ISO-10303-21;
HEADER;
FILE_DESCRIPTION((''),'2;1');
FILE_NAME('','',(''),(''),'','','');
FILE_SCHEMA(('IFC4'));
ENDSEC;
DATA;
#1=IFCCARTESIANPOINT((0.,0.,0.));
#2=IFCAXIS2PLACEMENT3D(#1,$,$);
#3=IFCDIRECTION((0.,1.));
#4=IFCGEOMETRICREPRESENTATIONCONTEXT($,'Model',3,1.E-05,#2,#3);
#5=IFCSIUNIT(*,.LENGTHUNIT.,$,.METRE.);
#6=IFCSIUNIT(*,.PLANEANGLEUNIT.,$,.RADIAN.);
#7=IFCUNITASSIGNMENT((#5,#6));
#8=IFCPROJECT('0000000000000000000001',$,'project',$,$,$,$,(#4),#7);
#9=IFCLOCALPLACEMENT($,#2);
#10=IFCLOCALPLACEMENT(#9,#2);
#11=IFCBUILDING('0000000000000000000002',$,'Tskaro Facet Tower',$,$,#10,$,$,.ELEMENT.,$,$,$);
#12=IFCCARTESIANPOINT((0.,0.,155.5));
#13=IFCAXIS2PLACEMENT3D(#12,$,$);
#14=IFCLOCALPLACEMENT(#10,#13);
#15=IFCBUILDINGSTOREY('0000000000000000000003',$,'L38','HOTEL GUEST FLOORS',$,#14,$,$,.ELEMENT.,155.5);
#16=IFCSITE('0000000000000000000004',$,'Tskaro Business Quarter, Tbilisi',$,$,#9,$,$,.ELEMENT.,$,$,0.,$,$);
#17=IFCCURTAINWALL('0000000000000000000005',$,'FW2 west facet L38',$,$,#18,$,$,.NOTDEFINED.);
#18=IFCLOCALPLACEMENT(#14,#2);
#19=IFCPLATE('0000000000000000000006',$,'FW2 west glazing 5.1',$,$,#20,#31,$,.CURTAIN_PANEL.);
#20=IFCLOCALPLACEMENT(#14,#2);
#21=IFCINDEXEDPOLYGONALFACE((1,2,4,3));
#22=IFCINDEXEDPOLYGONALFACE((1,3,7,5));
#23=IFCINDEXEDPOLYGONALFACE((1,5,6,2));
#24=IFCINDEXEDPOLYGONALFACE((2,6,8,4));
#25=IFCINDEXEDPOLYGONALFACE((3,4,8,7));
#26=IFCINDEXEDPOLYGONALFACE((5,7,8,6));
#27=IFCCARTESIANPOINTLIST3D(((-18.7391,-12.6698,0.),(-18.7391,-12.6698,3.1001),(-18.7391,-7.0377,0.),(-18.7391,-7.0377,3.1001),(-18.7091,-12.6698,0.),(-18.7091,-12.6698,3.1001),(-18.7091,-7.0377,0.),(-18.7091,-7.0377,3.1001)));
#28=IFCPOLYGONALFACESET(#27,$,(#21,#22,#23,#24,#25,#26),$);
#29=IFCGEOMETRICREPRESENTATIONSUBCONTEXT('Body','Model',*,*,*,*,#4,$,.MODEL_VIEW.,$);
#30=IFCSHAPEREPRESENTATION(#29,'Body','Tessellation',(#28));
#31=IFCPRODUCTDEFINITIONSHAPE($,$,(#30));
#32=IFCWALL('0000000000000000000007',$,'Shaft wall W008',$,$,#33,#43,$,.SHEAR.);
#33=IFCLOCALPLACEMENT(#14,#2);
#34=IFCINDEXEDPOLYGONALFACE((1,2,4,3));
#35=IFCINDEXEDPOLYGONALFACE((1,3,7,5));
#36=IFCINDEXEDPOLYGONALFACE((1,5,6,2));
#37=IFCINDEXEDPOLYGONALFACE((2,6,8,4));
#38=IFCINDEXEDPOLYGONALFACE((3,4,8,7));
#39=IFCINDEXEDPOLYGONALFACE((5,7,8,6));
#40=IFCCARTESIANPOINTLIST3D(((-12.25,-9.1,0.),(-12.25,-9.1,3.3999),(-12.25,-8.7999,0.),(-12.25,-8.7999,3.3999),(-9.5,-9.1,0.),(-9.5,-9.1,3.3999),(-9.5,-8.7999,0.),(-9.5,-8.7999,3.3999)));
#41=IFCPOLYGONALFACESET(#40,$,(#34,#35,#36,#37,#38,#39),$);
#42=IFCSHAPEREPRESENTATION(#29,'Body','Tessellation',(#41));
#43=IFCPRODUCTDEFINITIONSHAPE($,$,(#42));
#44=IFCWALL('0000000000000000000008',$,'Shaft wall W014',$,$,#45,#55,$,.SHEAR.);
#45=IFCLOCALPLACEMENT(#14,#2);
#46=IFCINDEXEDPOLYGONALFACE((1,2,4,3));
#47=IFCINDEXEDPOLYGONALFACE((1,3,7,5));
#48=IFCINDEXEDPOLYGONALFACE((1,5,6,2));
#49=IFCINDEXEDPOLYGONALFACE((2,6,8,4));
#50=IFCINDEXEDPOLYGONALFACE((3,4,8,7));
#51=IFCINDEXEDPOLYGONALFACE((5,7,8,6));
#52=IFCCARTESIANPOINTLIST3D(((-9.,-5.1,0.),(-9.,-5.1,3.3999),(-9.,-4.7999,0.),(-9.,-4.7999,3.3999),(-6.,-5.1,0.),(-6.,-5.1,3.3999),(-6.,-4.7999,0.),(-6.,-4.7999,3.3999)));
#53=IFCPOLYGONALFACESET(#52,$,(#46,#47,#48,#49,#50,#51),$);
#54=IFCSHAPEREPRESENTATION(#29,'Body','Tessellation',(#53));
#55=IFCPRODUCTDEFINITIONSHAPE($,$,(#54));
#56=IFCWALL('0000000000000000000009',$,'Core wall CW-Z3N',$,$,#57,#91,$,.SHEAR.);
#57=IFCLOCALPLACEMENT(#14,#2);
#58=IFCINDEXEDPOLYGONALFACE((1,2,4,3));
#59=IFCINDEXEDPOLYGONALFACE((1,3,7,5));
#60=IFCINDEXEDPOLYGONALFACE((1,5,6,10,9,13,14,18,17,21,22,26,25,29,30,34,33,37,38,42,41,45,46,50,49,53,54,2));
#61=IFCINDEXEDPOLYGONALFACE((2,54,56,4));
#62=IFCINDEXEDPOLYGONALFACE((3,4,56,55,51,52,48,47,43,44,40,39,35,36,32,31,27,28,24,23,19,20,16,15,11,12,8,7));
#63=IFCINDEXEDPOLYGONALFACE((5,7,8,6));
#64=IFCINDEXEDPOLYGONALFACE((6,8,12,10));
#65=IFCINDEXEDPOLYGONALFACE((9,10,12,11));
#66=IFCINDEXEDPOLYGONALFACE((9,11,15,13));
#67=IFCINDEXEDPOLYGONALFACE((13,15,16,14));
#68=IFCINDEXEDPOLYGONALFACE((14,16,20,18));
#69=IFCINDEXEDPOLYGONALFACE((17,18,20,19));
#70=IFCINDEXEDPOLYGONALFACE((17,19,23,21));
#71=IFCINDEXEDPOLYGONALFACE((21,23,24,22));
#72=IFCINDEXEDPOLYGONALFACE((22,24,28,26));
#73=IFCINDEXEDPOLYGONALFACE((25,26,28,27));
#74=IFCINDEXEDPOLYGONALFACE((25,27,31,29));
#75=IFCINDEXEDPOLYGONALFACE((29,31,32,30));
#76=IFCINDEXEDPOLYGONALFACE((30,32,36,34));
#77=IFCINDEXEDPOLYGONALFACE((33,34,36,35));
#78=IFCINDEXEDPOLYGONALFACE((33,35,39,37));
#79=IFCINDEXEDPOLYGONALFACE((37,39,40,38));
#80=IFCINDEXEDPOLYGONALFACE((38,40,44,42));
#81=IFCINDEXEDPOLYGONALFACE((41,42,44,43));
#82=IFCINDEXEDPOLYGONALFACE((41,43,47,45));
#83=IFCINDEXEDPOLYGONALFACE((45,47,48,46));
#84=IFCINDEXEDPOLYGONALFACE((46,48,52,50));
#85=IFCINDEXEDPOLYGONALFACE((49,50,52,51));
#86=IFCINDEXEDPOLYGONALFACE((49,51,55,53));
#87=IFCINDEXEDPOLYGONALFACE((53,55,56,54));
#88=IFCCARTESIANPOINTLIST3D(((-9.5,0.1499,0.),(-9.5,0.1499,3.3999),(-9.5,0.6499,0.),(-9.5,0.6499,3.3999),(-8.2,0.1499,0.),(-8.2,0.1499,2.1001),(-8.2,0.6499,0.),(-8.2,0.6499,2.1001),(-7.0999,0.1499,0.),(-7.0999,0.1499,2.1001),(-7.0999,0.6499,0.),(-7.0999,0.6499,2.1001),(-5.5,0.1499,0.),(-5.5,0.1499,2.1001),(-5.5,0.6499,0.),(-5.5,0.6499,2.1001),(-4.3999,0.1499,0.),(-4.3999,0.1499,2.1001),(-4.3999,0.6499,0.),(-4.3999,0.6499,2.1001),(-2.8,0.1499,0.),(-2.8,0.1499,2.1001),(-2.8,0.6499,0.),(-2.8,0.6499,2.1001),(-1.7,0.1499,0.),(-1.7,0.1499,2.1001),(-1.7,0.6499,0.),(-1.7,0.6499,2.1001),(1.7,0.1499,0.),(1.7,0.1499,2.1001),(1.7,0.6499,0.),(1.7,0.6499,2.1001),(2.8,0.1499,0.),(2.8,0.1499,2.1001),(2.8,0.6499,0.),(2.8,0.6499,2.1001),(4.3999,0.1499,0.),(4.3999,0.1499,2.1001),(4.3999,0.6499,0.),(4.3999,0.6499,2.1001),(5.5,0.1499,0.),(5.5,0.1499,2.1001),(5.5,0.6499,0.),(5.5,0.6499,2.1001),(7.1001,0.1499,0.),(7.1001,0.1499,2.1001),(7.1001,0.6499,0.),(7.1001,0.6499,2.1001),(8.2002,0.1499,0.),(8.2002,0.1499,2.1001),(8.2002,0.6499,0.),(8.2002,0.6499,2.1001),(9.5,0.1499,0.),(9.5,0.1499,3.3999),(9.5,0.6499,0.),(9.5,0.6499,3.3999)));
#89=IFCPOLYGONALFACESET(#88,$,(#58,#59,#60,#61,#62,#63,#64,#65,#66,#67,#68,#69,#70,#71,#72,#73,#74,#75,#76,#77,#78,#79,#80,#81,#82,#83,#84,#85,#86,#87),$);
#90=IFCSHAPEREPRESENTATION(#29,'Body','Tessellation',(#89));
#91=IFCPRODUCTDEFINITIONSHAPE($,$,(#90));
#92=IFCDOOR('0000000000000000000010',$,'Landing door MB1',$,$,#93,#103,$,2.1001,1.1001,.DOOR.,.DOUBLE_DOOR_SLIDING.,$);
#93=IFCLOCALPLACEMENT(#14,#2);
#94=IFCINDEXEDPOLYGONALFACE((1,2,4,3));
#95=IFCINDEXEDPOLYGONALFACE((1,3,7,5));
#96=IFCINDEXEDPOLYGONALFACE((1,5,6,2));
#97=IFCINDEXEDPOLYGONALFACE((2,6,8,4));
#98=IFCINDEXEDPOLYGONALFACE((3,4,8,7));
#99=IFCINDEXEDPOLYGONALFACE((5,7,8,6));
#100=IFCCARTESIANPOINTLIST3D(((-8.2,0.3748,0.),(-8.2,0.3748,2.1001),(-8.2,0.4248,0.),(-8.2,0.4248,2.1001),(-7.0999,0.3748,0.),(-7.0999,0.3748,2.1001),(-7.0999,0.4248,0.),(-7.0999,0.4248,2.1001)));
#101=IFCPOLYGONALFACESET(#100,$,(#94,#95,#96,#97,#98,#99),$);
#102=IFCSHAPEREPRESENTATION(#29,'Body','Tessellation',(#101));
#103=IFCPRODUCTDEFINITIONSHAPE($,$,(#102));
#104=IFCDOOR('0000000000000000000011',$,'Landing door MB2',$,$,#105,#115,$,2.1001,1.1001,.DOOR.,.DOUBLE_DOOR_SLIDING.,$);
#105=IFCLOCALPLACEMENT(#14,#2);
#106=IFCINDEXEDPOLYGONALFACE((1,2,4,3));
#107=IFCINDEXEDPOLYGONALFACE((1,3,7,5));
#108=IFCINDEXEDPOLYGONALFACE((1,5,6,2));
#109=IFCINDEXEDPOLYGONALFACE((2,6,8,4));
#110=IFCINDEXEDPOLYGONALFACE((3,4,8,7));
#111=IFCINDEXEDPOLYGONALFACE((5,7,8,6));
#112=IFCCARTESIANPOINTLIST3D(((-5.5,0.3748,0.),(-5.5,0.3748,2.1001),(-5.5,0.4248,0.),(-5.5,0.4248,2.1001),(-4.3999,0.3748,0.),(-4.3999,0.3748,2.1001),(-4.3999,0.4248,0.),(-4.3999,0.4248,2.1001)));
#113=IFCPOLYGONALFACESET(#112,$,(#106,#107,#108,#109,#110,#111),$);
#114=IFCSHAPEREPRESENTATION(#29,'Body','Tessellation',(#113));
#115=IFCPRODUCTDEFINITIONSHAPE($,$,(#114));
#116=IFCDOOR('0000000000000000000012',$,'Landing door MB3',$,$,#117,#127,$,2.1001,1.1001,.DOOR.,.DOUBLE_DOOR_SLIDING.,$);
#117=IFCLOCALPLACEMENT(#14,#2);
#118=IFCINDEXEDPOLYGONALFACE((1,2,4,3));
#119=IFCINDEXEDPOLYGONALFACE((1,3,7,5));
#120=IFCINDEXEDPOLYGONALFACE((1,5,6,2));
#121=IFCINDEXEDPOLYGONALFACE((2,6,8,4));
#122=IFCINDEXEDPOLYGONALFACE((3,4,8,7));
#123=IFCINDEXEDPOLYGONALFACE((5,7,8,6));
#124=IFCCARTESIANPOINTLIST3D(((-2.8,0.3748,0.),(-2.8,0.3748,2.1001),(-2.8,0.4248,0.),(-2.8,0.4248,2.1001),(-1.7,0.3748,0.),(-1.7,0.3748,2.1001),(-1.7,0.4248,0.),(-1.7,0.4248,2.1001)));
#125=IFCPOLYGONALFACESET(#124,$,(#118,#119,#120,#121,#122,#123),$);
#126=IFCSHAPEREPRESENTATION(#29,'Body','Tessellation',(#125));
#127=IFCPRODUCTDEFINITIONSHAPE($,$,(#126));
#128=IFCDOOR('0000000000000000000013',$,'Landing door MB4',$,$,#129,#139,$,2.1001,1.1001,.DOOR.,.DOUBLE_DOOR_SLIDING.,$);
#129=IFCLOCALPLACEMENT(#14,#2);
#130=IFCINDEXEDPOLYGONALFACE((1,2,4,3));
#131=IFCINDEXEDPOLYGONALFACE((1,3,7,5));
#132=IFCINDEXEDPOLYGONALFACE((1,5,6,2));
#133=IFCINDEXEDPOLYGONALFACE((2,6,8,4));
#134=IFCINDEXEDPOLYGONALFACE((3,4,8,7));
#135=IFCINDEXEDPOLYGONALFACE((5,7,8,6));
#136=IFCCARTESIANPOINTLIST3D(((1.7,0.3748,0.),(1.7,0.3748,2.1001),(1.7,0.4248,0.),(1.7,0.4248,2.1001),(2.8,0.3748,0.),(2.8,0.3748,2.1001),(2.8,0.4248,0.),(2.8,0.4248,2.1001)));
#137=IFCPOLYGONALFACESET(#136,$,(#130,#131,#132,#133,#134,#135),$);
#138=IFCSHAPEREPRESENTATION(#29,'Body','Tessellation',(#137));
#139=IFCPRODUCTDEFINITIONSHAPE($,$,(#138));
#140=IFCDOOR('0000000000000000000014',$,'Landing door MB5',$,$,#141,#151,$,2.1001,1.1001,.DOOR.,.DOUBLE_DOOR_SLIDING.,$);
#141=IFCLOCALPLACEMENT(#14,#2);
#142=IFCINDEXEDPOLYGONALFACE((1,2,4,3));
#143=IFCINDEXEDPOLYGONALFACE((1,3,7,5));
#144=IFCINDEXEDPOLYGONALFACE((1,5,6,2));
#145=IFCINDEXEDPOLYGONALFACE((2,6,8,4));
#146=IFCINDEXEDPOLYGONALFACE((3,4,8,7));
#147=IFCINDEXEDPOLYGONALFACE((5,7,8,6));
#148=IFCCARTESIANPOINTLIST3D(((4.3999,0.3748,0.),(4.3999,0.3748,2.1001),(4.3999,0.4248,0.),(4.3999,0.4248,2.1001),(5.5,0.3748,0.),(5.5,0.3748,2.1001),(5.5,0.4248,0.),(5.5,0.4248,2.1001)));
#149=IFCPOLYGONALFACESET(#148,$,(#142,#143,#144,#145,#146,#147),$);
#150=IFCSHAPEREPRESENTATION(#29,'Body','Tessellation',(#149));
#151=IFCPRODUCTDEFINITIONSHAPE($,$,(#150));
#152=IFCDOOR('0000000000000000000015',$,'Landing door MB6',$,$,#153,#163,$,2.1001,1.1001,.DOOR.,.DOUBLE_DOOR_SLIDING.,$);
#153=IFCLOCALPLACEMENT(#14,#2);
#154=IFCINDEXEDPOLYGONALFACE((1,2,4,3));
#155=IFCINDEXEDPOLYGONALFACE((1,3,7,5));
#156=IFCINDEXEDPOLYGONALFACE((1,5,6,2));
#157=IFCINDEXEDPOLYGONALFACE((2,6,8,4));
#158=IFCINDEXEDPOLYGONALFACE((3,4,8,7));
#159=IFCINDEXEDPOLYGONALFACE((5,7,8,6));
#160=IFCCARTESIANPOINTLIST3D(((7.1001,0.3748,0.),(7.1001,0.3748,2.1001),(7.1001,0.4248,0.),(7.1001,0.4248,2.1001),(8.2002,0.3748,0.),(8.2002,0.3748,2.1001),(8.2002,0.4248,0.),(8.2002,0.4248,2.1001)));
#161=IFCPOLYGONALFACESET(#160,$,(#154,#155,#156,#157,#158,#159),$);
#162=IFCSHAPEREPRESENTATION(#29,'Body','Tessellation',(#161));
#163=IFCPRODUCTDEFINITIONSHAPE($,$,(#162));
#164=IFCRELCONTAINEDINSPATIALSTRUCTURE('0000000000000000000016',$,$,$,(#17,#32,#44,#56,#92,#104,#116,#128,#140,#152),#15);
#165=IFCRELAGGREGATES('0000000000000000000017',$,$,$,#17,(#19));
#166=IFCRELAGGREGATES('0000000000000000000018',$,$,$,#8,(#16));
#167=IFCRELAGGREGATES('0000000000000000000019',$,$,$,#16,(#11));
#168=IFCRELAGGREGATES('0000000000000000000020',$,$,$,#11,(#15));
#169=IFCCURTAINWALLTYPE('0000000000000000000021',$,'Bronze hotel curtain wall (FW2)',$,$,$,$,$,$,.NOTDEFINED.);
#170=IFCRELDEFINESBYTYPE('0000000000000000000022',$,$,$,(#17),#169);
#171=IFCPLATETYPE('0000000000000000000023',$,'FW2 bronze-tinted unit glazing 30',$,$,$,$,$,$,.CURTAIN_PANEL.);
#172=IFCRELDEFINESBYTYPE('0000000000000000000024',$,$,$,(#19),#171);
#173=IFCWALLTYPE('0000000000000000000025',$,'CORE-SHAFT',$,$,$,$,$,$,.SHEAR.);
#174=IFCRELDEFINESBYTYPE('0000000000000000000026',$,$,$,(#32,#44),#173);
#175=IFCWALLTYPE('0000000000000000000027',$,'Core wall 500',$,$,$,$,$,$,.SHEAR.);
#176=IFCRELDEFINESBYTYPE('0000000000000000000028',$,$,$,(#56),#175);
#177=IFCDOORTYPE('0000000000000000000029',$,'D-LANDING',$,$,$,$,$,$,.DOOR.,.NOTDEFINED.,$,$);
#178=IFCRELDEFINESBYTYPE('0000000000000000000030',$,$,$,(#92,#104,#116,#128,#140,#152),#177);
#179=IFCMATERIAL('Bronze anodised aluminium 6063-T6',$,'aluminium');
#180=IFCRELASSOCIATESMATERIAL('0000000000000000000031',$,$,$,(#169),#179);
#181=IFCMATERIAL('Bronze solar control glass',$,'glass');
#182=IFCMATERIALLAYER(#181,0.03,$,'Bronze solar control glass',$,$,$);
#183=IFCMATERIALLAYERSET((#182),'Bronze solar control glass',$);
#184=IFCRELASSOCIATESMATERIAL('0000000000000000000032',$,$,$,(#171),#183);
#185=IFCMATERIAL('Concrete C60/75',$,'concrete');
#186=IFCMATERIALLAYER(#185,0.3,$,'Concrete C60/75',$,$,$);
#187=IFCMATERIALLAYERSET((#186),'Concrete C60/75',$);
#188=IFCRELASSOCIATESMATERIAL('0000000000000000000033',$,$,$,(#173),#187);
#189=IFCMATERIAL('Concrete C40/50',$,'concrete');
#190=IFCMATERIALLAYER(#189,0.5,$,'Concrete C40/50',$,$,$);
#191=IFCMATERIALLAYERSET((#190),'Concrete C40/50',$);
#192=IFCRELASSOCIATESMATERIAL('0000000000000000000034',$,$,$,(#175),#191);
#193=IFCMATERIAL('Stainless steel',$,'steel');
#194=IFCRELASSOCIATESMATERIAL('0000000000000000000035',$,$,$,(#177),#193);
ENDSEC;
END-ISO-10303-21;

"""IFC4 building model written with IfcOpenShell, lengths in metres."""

from ifc_helpers import new_model, si_unit, direction, frame, frame_2d, origin, origin_2d, place, context, subcontext, project, spatial, rectangle, extrude, material, layer, layer_set, type_object, element, fill, aggregate, save


model = new_model("IFC4")

# Units and contexts
model_context = context("Model", 3, precision=1e-05, world=origin(), true_north=direction((0.0, 1.0)))
body_context = subcontext(model_context, "Body", "Model", "MODEL_VIEW")
ifc_project = project(units=[si_unit("LENGTHUNIT", "METRE"), si_unit("PLANEANGLEUNIT", "RADIAN")], contexts=[model_context])

# Site, building, storey
site_placement = place(None, origin())
site = spatial("IfcSite", under=ifc_project, at=site_placement, Name="Tskaro Business Quarter, Tbilisi", CompositionType="ELEMENT", RefElevation=0.0)
building_placement = place(site_placement, origin())
building = spatial("IfcBuilding", under=site, at=building_placement, Name="Tskaro Facet Tower", CompositionType="ELEMENT")
storey_placement = place(building_placement, frame((0.0, 0.0, 155.5)))
storey = spatial("IfcBuildingStorey", under=building, at=storey_placement, Name="L38", Description="HOTEL GUEST FLOORS", CompositionType="ELEMENT", Elevation=155.5)

# Curtain wall
ifc_material_1 = material(Name="Bronze anodised aluminium 6063-T6", Category="aluminium")
curtain_wall_type = type_object("IfcCurtainWallType", Name="Bronze hotel curtain wall (FW2)", PredefinedType="NOTDEFINED", material=ifc_material_1)
curtain_wall_placement = place(storey_placement, origin())
curtain_wall = element("IfcCurtainWall", 1, at=curtain_wall_placement, inside=storey, type_object=curtain_wall_type, Name="FW2 west facet L38", PredefinedType="NOTDEFINED")

# Plate
ifc_material_2 = material(Name="Bronze solar control glass", Category="glass")
ifc_layer_1 = layer(ifc_material_2, 0.03, Name="Bronze solar control glass")
ifc_layer_set_1 = layer_set([ifc_layer_1], Name="Bronze solar control glass")
plate_type = type_object("IfcPlateType", Name="FW2 bronze-tinted unit glazing 30", PredefinedType="CURTAIN_PANEL", material=ifc_layer_set_1)
plate_1_placement = place(storey_placement, frame((-18.7241, -9.8538, 0.0), z_axis=(0.0, 0.0, 1.0), x_axis=(0.0, -1.0, 0.0)))
plate_1 = element("IfcPlate", 2, at=plate_1_placement, type_object=plate_type, Name="FW2 west glazing 5.1", PredefinedType="CURTAIN_PANEL", context=body_context, shape_type="SweptSolid", body=[
    extrude(rectangle(XDim=5.6321, YDim=0.03, at=origin_2d()), origin(), (0.0, 0.0, 1.0), 3.1001),
])
aggregate(curtain_wall, [plate_1])

# Walls
ifc_material_3 = material(Name="Concrete C60/75", Category="concrete")
ifc_layer_2 = layer(ifc_material_3, 0.3, Name="Concrete C60/75")
ifc_layer_set_2 = layer_set([ifc_layer_2], Name="Concrete C60/75")
wall_type_1 = type_object("IfcWallType", Name="CORE-SHAFT", PredefinedType="SHEAR", material=ifc_layer_set_2)
wall_1_placement = place(storey_placement, frame((-12.25, -8.95, 0.0), z_axis=(0.0, 0.0, 1.0), x_axis=(1.0, 0.0, 0.0)))
element("IfcWall", 3, at=wall_1_placement, inside=storey, type_object=wall_type_1, Name="Shaft wall W008", PredefinedType="SHEAR", context=body_context, shape_type="SweptSolid", body=[
    extrude(rectangle(XDim=2.75, YDim=0.3, at=frame_2d((1.375, 0.0))), origin(), (0.0, 0.0, 1.0), 3.3999),
])
wall_2_placement = place(storey_placement, frame((-9.0, -4.95, 0.0), z_axis=(0.0, 0.0, 1.0), x_axis=(1.0, 0.0, 0.0)))
element("IfcWall", 4, at=wall_2_placement, inside=storey, type_object=wall_type_1, Name="Shaft wall W014", PredefinedType="SHEAR", context=body_context, shape_type="SweptSolid", body=[
    extrude(rectangle(XDim=3.0, YDim=0.3, at=frame_2d((1.5, 0.0))), origin(), (0.0, 0.0, 1.0), 3.3999),
])

# Wall, openings, doors
ifc_material_4 = material(Name="Concrete C40/50", Category="concrete")
ifc_layer_3 = layer(ifc_material_4, 0.5, Name="Concrete C40/50")
ifc_layer_set_3 = layer_set([ifc_layer_3], Name="Concrete C40/50")
wall_type_2 = type_object("IfcWallType", Name="Core wall 500", PredefinedType="SHEAR", material=ifc_layer_set_3)
wall_3_placement = place(storey_placement, frame((-9.5, 0.3999, 0.0), z_axis=(0.0, 0.0, 1.0), x_axis=(1.0, 0.0, 0.0)))
wall_3 = element("IfcWall", 5, at=wall_3_placement, inside=storey, type_object=wall_type_2, Name="Core wall CW-Z3N", PredefinedType="SHEAR", context=body_context, shape_type="SweptSolid", body=[
    extrude(rectangle(XDim=19.0, YDim=0.5, at=frame_2d((9.5, 0.0))), origin(), (0.0, 0.0, 1.0), 3.3999),
])
opening_1_placement = place(wall_3_placement, frame((1.3, 0.0, 0.0)))
opening_1 = element("IfcOpeningElement", 6, at=opening_1_placement, cuts=wall_3, PredefinedType="OPENING", context=body_context, shape_type="SweptSolid", body=[
    extrude(rectangle(XDim=1.1001, YDim=2.1001, at=frame_2d((0.55, 1.05))), frame((0.0, 0.26, 0.0), z_axis=(0.0, -1.0, 0.0), x_axis=(1.0, 0.0, 0.0)), (0.0, 0.0, 1.0), 0.52),
])
opening_2_placement = place(wall_3_placement, frame((4.0, 0.0, 0.0)))
opening_2 = element("IfcOpeningElement", 7, at=opening_2_placement, cuts=wall_3, PredefinedType="OPENING", context=body_context, shape_type="SweptSolid", body=[
    extrude(rectangle(XDim=1.1001, YDim=2.1001, at=frame_2d((0.55, 1.05))), frame((0.0, 0.26, 0.0), z_axis=(0.0, -1.0, 0.0), x_axis=(1.0, 0.0, 0.0)), (0.0, 0.0, 1.0), 0.52),
])
opening_3_placement = place(wall_3_placement, frame((6.7, 0.0, 0.0)))
opening_3 = element("IfcOpeningElement", 8, at=opening_3_placement, cuts=wall_3, PredefinedType="OPENING", context=body_context, shape_type="SweptSolid", body=[
    extrude(rectangle(XDim=1.1001, YDim=2.1001, at=frame_2d((0.55, 1.05))), frame((0.0, 0.26, 0.0), z_axis=(0.0, -1.0, 0.0), x_axis=(1.0, 0.0, 0.0)), (0.0, 0.0, 1.0), 0.52),
])
opening_4_placement = place(wall_3_placement, frame((11.2, 0.0, 0.0)))
opening_4 = element("IfcOpeningElement", 9, at=opening_4_placement, cuts=wall_3, PredefinedType="OPENING", context=body_context, shape_type="SweptSolid", body=[
    extrude(rectangle(XDim=1.1001, YDim=2.1001, at=frame_2d((0.55, 1.05))), frame((0.0, 0.26, 0.0), z_axis=(0.0, -1.0, 0.0), x_axis=(1.0, 0.0, 0.0)), (0.0, 0.0, 1.0), 0.52),
])
opening_5_placement = place(wall_3_placement, frame((13.8999, 0.0, 0.0)))
opening_5 = element("IfcOpeningElement", 10, at=opening_5_placement, cuts=wall_3, PredefinedType="OPENING", context=body_context, shape_type="SweptSolid", body=[
    extrude(rectangle(XDim=1.1001, YDim=2.1001, at=frame_2d((0.55, 1.05))), frame((0.0, 0.26, 0.0), z_axis=(0.0, -1.0, 0.0), x_axis=(1.0, 0.0, 0.0)), (0.0, 0.0, 1.0), 0.52),
])
opening_6_placement = place(wall_3_placement, frame((16.6001, 0.0, 0.0)))
opening_6 = element("IfcOpeningElement", 11, at=opening_6_placement, cuts=wall_3, PredefinedType="OPENING", context=body_context, shape_type="SweptSolid", body=[
    extrude(rectangle(XDim=1.1001, YDim=2.1001, at=frame_2d((0.55, 1.05))), frame((0.0, 0.26, 0.0), z_axis=(0.0, -1.0, 0.0), x_axis=(1.0, 0.0, 0.0)), (0.0, 0.0, 1.0), 0.52),
])
ifc_material_5 = material(Name="Stainless steel", Category="steel")
door_type_1 = type_object("IfcDoorType", Name="D-LANDING", OperationType="NOTDEFINED", PredefinedType="DOOR", material=ifc_material_5)
door_1_placement = place(opening_1_placement, origin())
door_1 = element("IfcDoor", 12, at=door_1_placement, inside=storey, type_object=door_type_1, Name="Landing door MB1", OperationType="DOUBLE_DOOR_SLIDING", OverallHeight=2.1001, OverallWidth=1.1001, PredefinedType="DOOR", context=body_context, shape_type="SweptSolid", body=[
    extrude(rectangle(XDim=1.1001, YDim=2.1001, at=frame_2d((0.55, 1.05))), frame((0.0, 0.0249, 0.0), z_axis=(0.0, -1.0, 0.0), x_axis=(1.0, 0.0, 0.0)), (0.0, 0.0, 1.0), 0.05),
])
fill(opening_1, door_1)
door_2_placement = place(opening_2_placement, origin())
door_2 = element("IfcDoor", 13, at=door_2_placement, inside=storey, type_object=door_type_1, Name="Landing door MB2", OperationType="DOUBLE_DOOR_SLIDING", OverallHeight=2.1001, OverallWidth=1.1001, PredefinedType="DOOR", context=body_context, shape_type="SweptSolid", body=[
    extrude(rectangle(XDim=1.1001, YDim=2.1001, at=frame_2d((0.55, 1.05))), frame((0.0, 0.0249, 0.0), z_axis=(0.0, -1.0, 0.0), x_axis=(1.0, 0.0, 0.0)), (0.0, 0.0, 1.0), 0.05),
])
fill(opening_2, door_2)
door_3_placement = place(opening_3_placement, origin())
door_3 = element("IfcDoor", 14, at=door_3_placement, inside=storey, type_object=door_type_1, Name="Landing door MB3", OperationType="DOUBLE_DOOR_SLIDING", OverallHeight=2.1001, OverallWidth=1.1001, PredefinedType="DOOR", context=body_context, shape_type="SweptSolid", body=[
    extrude(rectangle(XDim=1.1001, YDim=2.1001, at=frame_2d((0.55, 1.05))), frame((0.0, 0.0249, 0.0), z_axis=(0.0, -1.0, 0.0), x_axis=(1.0, 0.0, 0.0)), (0.0, 0.0, 1.0), 0.05),
])
fill(opening_3, door_3)
door_4_placement = place(opening_4_placement, origin())
door_4 = element("IfcDoor", 15, at=door_4_placement, inside=storey, type_object=door_type_1, Name="Landing door MB4", OperationType="DOUBLE_DOOR_SLIDING", OverallHeight=2.1001, OverallWidth=1.1001, PredefinedType="DOOR", context=body_context, shape_type="SweptSolid", body=[
    extrude(rectangle(XDim=1.1001, YDim=2.1001, at=frame_2d((0.55, 1.05))), frame((0.0, 0.0249, 0.0), z_axis=(0.0, -1.0, 0.0), x_axis=(1.0, 0.0, 0.0)), (0.0, 0.0, 1.0), 0.05),
])
fill(opening_4, door_4)
door_5_placement = place(opening_5_placement, origin())
door_5 = element("IfcDoor", 16, at=door_5_placement, inside=storey, type_object=door_type_1, Name="Landing door MB5", OperationType="DOUBLE_DOOR_SLIDING", OverallHeight=2.1001, OverallWidth=1.1001, PredefinedType="DOOR", context=body_context, shape_type="SweptSolid", body=[
    extrude(rectangle(XDim=1.1001, YDim=2.1001, at=frame_2d((0.55, 1.05))), frame((0.0, 0.0249, 0.0), z_axis=(0.0, -1.0, 0.0), x_axis=(1.0, 0.0, 0.0)), (0.0, 0.0, 1.0), 0.05),
])
fill(opening_5, door_5)
door_6_placement = place(opening_6_placement, origin())
door_6 = element("IfcDoor", 17, at=door_6_placement, inside=storey, type_object=door_type_1, Name="Landing door MB6", OperationType="DOUBLE_DOOR_SLIDING", OverallHeight=2.1001, OverallWidth=1.1001, PredefinedType="DOOR", context=body_context, shape_type="SweptSolid", body=[
    extrude(rectangle(XDim=1.1001, YDim=2.1001, at=frame_2d((0.55, 1.05))), frame((0.0, 0.0249, 0.0), z_axis=(0.0, -1.0, 0.0), x_axis=(1.0, 0.0, 0.0)), (0.0, 0.0, 1.0), 0.05),
])
fill(opening_6, door_6)

save(model, "model.ifc")
